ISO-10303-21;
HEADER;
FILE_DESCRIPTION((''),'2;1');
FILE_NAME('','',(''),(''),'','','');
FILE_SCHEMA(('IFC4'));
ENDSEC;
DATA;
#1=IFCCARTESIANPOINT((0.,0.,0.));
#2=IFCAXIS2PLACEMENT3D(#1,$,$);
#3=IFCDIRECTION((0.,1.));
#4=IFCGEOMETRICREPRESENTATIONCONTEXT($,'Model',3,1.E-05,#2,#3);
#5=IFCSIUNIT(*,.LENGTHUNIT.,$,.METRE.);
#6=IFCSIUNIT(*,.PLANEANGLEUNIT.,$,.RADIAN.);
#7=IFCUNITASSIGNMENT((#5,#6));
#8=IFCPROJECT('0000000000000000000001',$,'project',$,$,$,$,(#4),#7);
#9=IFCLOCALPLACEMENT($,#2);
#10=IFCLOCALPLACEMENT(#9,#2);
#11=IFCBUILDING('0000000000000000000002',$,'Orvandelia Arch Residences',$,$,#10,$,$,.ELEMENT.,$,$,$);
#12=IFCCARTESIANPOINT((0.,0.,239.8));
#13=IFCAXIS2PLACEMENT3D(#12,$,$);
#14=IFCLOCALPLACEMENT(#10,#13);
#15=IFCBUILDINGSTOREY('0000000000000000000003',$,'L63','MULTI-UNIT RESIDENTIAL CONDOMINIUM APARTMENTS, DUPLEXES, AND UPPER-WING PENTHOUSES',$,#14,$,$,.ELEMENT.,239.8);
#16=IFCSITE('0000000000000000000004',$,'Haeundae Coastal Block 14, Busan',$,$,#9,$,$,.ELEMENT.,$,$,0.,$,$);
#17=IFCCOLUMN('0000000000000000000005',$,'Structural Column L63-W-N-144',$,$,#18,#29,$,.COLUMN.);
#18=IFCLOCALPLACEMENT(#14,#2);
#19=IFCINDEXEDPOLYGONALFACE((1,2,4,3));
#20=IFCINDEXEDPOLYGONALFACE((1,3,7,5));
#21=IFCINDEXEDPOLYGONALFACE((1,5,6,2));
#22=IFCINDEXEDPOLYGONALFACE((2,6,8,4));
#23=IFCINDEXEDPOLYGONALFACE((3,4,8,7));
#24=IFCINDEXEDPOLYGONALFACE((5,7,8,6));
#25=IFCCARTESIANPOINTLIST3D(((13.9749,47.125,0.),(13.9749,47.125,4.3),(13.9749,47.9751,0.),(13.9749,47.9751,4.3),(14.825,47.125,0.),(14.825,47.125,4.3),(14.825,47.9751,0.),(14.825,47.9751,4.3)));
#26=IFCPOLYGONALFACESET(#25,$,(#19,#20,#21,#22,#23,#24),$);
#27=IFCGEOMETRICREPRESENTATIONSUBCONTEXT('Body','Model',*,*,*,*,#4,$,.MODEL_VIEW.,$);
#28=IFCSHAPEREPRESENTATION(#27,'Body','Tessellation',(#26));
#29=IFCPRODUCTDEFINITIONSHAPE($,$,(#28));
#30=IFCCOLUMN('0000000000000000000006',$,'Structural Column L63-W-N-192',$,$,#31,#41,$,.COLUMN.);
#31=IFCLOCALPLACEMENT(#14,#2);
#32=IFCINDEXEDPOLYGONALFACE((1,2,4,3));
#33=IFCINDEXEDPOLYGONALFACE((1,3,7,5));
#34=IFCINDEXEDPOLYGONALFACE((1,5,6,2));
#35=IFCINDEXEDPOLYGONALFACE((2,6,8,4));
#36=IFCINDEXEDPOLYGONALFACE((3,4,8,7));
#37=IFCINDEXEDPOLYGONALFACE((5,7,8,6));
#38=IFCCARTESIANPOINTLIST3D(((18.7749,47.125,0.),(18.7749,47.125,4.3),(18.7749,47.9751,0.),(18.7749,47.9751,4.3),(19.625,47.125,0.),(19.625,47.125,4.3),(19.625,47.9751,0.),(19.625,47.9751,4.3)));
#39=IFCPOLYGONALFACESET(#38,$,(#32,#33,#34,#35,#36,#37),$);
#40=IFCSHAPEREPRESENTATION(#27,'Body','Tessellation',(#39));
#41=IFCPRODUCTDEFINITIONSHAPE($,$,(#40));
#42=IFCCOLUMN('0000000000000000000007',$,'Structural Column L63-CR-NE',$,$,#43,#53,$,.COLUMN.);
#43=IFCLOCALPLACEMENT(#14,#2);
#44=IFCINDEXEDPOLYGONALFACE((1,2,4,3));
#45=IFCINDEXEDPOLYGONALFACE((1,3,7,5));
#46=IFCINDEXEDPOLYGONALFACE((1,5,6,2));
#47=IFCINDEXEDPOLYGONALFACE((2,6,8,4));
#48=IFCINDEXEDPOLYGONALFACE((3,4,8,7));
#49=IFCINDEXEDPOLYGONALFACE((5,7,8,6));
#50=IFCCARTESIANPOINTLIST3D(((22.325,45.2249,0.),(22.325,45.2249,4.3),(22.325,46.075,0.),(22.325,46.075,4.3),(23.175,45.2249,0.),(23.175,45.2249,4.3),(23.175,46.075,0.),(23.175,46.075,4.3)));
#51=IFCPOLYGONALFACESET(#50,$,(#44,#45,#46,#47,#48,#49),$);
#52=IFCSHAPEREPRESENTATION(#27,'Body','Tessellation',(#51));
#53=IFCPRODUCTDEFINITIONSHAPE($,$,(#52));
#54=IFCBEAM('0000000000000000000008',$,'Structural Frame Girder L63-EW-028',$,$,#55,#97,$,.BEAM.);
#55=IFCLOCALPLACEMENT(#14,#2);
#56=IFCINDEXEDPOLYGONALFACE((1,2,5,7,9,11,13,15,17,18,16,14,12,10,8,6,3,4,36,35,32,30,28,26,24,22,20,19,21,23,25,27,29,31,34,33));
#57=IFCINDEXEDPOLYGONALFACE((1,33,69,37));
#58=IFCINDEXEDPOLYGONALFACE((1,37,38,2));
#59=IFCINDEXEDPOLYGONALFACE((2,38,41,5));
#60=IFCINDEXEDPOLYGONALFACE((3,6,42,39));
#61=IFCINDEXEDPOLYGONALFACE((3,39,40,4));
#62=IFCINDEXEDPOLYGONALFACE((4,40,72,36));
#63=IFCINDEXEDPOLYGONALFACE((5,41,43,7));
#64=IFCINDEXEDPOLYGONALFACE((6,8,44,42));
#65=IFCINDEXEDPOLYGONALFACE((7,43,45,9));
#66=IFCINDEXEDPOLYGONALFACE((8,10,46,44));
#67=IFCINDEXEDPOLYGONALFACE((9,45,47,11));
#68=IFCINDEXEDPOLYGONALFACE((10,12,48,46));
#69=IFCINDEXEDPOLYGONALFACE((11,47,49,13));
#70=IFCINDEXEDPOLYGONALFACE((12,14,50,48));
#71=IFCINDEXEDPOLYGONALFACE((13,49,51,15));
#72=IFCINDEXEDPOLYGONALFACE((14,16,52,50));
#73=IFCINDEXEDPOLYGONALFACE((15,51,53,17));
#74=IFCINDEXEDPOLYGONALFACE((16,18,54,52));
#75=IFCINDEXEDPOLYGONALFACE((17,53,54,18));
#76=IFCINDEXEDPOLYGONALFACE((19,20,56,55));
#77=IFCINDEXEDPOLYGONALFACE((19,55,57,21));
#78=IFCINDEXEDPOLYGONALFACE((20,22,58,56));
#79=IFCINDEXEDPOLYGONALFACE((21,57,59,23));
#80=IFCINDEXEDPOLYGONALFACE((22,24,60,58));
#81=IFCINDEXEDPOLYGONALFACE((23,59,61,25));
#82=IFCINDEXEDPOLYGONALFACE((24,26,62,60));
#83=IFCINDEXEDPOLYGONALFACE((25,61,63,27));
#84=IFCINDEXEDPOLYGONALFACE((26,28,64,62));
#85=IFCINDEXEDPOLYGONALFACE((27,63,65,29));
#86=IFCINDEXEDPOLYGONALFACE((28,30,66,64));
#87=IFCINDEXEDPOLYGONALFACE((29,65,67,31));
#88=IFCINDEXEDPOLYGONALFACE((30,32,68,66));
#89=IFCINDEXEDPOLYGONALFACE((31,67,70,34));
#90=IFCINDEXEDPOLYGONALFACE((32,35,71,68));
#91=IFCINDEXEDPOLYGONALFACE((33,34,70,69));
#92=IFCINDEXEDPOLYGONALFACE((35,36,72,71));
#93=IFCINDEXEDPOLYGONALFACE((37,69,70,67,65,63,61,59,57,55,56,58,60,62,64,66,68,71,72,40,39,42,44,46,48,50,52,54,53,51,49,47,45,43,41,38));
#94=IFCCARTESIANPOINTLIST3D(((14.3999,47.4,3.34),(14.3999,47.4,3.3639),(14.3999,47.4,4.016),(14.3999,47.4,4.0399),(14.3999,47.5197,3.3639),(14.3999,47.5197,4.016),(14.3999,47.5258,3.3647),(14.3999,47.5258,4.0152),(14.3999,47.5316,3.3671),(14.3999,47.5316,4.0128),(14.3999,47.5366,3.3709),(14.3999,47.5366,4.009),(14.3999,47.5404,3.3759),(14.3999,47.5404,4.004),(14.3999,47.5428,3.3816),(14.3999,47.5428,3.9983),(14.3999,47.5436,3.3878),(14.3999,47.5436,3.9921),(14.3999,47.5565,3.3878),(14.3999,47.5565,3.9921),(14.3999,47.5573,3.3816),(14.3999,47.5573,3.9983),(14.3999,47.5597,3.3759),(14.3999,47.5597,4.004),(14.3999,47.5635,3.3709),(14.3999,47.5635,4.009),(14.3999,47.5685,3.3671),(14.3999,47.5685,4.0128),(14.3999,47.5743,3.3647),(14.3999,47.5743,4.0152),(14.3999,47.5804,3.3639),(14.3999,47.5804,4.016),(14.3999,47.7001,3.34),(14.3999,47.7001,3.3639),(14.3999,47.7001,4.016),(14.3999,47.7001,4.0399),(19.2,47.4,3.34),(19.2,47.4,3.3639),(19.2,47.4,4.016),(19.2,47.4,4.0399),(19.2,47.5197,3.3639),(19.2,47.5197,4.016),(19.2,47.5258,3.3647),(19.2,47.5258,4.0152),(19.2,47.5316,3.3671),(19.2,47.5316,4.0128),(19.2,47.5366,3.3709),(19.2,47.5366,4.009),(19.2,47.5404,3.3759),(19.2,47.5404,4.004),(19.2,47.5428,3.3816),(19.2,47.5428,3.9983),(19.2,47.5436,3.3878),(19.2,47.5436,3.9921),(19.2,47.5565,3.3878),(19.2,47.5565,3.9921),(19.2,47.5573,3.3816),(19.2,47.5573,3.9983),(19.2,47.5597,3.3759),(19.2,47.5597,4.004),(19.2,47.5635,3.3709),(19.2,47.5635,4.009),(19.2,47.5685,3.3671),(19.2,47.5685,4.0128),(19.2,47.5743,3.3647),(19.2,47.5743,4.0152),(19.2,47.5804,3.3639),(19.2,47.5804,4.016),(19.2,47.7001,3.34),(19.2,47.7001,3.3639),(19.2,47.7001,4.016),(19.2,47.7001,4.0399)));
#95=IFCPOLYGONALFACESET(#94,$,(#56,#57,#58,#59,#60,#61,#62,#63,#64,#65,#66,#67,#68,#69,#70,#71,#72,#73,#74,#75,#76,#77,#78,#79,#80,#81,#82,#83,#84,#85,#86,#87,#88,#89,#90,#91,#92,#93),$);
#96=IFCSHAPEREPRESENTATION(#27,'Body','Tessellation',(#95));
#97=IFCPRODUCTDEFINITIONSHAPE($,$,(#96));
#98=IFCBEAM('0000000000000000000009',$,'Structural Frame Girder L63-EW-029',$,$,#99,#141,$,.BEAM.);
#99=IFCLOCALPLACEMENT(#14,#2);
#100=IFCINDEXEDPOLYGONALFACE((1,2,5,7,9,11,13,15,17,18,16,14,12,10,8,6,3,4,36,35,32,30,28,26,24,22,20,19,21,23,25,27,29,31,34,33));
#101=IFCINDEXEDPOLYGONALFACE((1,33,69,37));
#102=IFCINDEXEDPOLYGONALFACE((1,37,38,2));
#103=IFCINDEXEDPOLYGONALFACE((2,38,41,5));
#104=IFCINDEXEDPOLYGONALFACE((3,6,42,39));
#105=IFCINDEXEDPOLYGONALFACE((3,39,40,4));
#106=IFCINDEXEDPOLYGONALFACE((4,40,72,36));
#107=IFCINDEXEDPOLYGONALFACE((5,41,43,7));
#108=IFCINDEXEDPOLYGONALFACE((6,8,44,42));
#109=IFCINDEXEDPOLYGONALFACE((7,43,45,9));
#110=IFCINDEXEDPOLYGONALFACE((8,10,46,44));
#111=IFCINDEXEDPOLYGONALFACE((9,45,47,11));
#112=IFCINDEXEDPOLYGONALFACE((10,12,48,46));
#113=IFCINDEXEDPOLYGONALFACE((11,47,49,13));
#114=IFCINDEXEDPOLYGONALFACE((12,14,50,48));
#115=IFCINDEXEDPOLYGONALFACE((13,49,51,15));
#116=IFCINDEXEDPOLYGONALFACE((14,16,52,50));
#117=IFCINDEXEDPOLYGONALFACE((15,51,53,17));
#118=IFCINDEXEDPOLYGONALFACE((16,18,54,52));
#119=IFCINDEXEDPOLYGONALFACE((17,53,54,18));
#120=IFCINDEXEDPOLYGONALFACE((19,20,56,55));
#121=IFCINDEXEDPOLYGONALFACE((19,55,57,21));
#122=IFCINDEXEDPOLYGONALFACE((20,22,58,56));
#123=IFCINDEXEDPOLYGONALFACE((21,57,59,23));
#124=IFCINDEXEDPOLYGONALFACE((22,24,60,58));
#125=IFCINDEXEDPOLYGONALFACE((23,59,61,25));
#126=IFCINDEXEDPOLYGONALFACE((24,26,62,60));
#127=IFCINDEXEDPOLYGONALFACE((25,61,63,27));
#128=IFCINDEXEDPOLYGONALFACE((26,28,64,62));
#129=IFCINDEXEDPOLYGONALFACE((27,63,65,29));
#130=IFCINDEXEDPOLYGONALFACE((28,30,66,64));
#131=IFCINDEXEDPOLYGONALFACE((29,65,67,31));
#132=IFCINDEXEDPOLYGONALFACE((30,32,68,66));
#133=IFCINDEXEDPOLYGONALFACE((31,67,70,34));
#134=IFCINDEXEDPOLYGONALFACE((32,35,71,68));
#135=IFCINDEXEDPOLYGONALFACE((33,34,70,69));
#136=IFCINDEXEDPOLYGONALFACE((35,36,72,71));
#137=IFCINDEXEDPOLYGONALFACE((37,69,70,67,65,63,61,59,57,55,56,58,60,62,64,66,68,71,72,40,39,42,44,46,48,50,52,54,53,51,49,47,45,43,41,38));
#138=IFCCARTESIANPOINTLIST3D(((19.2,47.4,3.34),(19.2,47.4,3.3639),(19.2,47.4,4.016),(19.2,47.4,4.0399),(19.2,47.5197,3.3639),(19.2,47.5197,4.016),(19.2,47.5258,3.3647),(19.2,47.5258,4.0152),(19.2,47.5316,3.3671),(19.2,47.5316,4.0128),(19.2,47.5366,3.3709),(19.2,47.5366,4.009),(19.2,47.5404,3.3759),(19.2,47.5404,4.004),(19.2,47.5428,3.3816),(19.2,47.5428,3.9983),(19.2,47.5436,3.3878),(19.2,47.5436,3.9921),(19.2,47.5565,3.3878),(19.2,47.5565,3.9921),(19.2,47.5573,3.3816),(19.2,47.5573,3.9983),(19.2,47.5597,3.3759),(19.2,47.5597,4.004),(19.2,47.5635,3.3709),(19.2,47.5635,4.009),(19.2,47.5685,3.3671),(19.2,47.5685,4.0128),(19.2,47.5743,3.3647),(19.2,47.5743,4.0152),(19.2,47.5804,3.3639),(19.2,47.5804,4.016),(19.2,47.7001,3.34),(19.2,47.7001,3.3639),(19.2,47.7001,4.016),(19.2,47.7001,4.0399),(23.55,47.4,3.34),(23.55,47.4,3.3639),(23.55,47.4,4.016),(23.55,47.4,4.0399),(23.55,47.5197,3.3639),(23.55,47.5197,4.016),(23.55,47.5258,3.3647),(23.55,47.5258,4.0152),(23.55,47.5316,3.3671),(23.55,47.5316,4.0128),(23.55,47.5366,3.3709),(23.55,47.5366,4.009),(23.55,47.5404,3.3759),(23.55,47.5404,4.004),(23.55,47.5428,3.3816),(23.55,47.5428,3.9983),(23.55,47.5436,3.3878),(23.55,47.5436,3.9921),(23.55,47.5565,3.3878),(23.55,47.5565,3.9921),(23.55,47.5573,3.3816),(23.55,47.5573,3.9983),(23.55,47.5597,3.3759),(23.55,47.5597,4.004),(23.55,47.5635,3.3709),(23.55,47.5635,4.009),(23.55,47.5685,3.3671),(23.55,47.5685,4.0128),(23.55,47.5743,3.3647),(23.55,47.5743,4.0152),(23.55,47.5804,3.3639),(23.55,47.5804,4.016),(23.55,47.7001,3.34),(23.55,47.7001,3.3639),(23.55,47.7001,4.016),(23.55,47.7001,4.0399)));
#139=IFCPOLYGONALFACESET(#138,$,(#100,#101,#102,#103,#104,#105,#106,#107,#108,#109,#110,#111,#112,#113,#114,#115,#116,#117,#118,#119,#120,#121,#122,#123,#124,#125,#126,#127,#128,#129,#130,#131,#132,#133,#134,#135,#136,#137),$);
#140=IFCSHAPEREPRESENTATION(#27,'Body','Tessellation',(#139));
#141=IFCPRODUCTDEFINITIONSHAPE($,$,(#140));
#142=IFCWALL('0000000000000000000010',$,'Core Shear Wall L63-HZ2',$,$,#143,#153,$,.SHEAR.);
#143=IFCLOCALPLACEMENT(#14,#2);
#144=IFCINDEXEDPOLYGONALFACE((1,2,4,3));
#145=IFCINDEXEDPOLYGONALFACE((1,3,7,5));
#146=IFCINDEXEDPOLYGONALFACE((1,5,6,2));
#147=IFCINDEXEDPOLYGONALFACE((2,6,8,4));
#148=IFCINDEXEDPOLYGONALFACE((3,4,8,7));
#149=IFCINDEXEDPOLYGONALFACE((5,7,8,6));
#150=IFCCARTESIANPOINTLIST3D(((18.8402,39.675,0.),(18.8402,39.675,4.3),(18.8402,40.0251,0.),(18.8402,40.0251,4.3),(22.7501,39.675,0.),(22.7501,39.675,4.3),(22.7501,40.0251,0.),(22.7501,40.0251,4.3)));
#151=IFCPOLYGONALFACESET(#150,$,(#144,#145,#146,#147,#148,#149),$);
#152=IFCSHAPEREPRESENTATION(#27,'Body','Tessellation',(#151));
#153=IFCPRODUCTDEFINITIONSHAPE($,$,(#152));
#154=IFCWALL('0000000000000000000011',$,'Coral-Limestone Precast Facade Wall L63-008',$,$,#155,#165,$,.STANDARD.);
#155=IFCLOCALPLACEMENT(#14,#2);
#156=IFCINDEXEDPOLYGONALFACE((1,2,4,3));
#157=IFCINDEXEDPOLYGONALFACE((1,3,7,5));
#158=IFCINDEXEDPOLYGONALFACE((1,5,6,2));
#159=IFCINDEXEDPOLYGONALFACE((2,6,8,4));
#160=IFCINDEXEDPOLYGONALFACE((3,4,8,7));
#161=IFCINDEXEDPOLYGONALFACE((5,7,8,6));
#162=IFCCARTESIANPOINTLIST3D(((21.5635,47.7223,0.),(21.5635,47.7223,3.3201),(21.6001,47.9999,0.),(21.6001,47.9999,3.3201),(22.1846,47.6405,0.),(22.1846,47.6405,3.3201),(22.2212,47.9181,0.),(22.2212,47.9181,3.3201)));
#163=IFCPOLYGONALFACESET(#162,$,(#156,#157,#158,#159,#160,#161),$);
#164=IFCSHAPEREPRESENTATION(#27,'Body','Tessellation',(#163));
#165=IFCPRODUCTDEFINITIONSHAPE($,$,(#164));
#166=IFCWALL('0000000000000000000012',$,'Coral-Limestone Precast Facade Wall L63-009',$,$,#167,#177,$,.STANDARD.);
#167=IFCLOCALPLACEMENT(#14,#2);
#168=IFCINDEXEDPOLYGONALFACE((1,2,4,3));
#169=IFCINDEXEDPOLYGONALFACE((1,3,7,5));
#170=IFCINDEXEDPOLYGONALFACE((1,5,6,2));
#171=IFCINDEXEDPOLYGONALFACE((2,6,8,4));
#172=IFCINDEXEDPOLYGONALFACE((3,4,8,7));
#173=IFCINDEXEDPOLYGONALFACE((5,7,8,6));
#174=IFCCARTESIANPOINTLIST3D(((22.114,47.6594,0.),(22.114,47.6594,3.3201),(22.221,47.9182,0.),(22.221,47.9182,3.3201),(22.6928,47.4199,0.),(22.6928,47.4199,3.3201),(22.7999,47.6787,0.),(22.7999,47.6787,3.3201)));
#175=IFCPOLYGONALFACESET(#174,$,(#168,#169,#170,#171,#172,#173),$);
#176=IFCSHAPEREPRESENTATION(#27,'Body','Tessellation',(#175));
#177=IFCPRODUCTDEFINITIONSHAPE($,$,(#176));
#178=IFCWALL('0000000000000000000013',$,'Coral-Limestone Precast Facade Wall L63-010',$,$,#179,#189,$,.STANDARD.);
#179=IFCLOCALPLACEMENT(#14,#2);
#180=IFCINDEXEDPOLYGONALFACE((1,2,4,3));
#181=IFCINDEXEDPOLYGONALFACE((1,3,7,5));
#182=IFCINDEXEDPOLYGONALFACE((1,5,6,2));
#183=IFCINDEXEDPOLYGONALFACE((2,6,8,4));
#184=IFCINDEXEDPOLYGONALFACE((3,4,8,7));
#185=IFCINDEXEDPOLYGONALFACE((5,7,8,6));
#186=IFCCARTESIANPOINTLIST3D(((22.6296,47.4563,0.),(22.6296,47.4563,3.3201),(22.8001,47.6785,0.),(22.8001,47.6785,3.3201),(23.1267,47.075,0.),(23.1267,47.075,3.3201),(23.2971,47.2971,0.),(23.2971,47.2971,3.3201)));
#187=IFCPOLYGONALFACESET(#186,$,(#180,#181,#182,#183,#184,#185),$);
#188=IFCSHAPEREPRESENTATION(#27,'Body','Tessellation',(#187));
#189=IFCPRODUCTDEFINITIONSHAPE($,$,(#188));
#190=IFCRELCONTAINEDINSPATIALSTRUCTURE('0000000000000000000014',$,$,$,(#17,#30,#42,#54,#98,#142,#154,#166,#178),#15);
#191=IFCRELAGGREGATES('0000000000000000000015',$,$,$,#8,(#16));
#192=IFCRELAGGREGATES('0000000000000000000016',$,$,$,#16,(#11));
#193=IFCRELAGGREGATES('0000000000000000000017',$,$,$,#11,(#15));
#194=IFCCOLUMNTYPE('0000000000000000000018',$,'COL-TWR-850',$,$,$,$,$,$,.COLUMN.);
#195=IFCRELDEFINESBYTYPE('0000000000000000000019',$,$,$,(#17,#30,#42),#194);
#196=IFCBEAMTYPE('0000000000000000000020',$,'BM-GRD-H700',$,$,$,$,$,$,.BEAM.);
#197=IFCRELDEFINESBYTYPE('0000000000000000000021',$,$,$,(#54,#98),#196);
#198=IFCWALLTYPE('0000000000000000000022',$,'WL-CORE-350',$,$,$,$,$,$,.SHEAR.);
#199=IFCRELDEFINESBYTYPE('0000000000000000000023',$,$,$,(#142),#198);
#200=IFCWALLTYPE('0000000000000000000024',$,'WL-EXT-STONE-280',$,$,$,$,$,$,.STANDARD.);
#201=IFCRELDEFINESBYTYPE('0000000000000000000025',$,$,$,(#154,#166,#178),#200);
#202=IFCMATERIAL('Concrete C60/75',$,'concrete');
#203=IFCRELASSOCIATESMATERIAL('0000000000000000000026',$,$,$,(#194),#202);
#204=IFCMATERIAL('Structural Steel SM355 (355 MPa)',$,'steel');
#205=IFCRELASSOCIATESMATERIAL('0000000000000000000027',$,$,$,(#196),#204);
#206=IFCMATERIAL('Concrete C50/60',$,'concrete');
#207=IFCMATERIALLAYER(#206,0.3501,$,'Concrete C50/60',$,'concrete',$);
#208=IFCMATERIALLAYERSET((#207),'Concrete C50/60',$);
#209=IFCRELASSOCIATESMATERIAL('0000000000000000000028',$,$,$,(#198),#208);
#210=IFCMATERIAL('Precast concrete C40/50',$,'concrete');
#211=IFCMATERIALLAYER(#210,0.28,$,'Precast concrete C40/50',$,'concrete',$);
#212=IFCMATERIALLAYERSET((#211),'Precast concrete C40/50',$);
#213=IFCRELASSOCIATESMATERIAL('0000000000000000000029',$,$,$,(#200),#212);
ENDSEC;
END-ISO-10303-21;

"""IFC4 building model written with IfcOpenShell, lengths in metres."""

from ifc_helpers import new_model, si_unit, direction, frame, frame_2d, origin, origin_2d, place, context, subcontext, project, spatial, rectangle, i_section, extrude, material, layer, layer_set, material_profile, profile_set, type_object, element, save


model = new_model("IFC4")

# Units and contexts
model_context = context("Model", 3, precision=1e-05, world=origin(), true_north=direction((0.0, 1.0)))
body_context = subcontext(model_context, "Body", "Model", "MODEL_VIEW")
ifc_project = project(units=[si_unit("LENGTHUNIT", "METRE"), si_unit("PLANEANGLEUNIT", "RADIAN")], contexts=[model_context])

# Site, building, storey
site_placement = place(None, origin())
site = spatial("IfcSite", under=ifc_project, at=site_placement, Name="Haeundae Coastal Block 14, Busan", CompositionType="ELEMENT", RefElevation=0.0)
building_placement = place(site_placement, origin())
building = spatial("IfcBuilding", under=site, at=building_placement, Name="Orvandelia Arch Residences", CompositionType="ELEMENT")
storey_placement = place(building_placement, frame((0.0, 0.0, 239.8)))
storey = spatial("IfcBuildingStorey", under=building, at=storey_placement, Name="L63", Description="MULTI-UNIT RESIDENTIAL CONDOMINIUM APARTMENTS, DUPLEXES, AND UPPER-WING PENTHOUSES", CompositionType="ELEMENT", Elevation=239.8)

# Columns
ifc_material_1 = material(Name="Concrete C60/75", Category="concrete")
ifc_material_profile_1 = material_profile(ifc_material_1, rectangle(XDim=0.8501, YDim=0.8501, at=origin_2d()), Name="Concrete C60/75", Category="concrete")
ifc_profile_set_1 = profile_set([ifc_material_profile_1], Name="Concrete C60/75")
column_type = type_object("IfcColumnType", Name="COL-TWR-850", PredefinedType="COLUMN", material=ifc_profile_set_1)
for number, where, z_axis, x_axis, name in (
    (1, (14.3999, 47.55, 0.0), (0.0, 0.0, 1.0), (1.0, 0.0, 0.0), "Structural Column L63-W-N-144"),
    (2, (19.2, 47.55, 0.0), (0.0, 0.0, 1.0), (1.0, 0.0, 0.0), "Structural Column L63-W-N-192"),
    (3, (22.75, 45.6499, 0.0), (0.0, 0.0, 1.0), (1.0, 0.0, 0.0), "Structural Column L63-CR-NE"),
):
    element("IfcColumn", number, at=place(storey_placement, frame(where, z_axis=z_axis, x_axis=x_axis)), inside=storey, type_object=column_type, Name=name, PredefinedType="COLUMN", context=body_context, shape_type="SweptSolid", body=[
        extrude(rectangle(XDim=0.8501, YDim=0.8501, at=origin_2d()), origin(), (0.0, 0.0, 1.0), 4.3),
    ])

# Beams
ifc_material_2 = material(Name="Structural Steel SM355 (355 MPa)", Category="steel")
ifc_material_profile_2 = material_profile(ifc_material_2, i_section(OverallWidth=0.3, OverallDepth=0.7, WebThickness=0.0129, FlangeThickness=0.0239, FilletRadius=0.0239, at=origin_2d()), Name="Structural Steel SM355 (355 MPa)", Category="steel")
ifc_profile_set_2 = profile_set([ifc_material_profile_2], Name="Structural Steel SM355 (355 MPa)")
beam_type = type_object("IfcBeamType", Name="BM-GRD-H700", PredefinedType="BEAM", material=ifc_profile_set_2)
beam_1_placement = place(storey_placement, frame((14.3999, 47.55, 3.6899), z_axis=(1.0, 0.0, 0.0), x_axis=(0.0, 1.0, 0.0)))
element("IfcBeam", 4, at=beam_1_placement, inside=storey, type_object=beam_type, Name="Structural Frame Girder L63-EW-028", PredefinedType="BEAM", context=body_context, shape_type="SweptSolid", body=[
    extrude(i_section(OverallWidth=0.3, OverallDepth=0.7, WebThickness=0.0129, FlangeThickness=0.0239, FilletRadius=0.0239, at=origin_2d()), origin(), (0.0, 0.0, 1.0), 4.8),
])
beam_2_placement = place(storey_placement, frame((19.2, 47.55, 3.6899), z_axis=(1.0, 0.0, 0.0), x_axis=(0.0, 1.0, 0.0)))
element("IfcBeam", 5, at=beam_2_placement, inside=storey, type_object=beam_type, Name="Structural Frame Girder L63-EW-029", PredefinedType="BEAM", context=body_context, shape_type="SweptSolid", body=[
    extrude(i_section(OverallWidth=0.3, OverallDepth=0.7, WebThickness=0.0129, FlangeThickness=0.0239, FilletRadius=0.0239, at=origin_2d()), origin(), (0.0, 0.0, 1.0), 4.3501),
])

# Walls
ifc_material_3 = material(Name="Concrete C50/60", Category="concrete")
ifc_layer_1 = layer(ifc_material_3, 0.3501, Name="Concrete C50/60", Category="concrete")
ifc_layer_set_1 = layer_set([ifc_layer_1], Name="Concrete C50/60")
wall_type_1 = type_object("IfcWallType", Name="WL-CORE-350", PredefinedType="SHEAR", material=ifc_layer_set_1)
wall_1_placement = place(storey_placement, frame((18.8401, 39.8501, 0.0), z_axis=(0.0, 0.0, 1.0), x_axis=(1.0, 0.0, 0.0)))
element("IfcWall", 6, at=wall_1_placement, inside=storey, type_object=wall_type_1, Name="Core Shear Wall L63-HZ2", PredefinedType="SHEAR", context=body_context, shape_type="SweptSolid", body=[
    extrude(rectangle(XDim=3.9099, YDim=0.3501, at=frame_2d((1.9551, 0.0))), origin(), (0.0, 0.0, 1.0), 4.3),
])
ifc_material_4 = material(Name="Precast concrete C40/50", Category="concrete")
ifc_layer_2 = layer(ifc_material_4, 0.28, Name="Precast concrete C40/50", Category="concrete")
ifc_layer_set_2 = layer_set([ifc_layer_2], Name="Precast concrete C40/50")
wall_type_2 = type_object("IfcWallType", Name="WL-EXT-STONE-280", PredefinedType="STANDARD", material=ifc_layer_set_2)
for number, where, z_axis, x_axis, name in (
    (7, (21.5818, 47.8611, 0.0), (0.0, 0.0, 1.0), (0.991441, -0.130555, 0.0), "Coral-Limestone Precast Facade Wall L63-008"),
    (8, (22.1675, 47.7888, 0.0), (0.0, 0.0, 1.0), (0.924031, -0.382317, 0.0), "Coral-Limestone Precast Facade Wall L63-009"),
    (9, (22.7148, 47.5674, 0.0), (0.0, 0.0, 1.0), (0.793406, -0.608693, 0.0), "Coral-Limestone Precast Facade Wall L63-010"),
):
    element("IfcWall", number, at=place(storey_placement, frame(where, z_axis=z_axis, x_axis=x_axis)), inside=storey, type_object=wall_type_2, Name=name, PredefinedType="STANDARD", context=body_context, shape_type="SweptSolid", body=[
        extrude(rectangle(XDim=0.6265, YDim=0.28, at=frame_2d((0.3132, 0.0))), origin(), (0.0, 0.0, 1.0), 3.3201),
    ])

save(model, "model.ifc")
